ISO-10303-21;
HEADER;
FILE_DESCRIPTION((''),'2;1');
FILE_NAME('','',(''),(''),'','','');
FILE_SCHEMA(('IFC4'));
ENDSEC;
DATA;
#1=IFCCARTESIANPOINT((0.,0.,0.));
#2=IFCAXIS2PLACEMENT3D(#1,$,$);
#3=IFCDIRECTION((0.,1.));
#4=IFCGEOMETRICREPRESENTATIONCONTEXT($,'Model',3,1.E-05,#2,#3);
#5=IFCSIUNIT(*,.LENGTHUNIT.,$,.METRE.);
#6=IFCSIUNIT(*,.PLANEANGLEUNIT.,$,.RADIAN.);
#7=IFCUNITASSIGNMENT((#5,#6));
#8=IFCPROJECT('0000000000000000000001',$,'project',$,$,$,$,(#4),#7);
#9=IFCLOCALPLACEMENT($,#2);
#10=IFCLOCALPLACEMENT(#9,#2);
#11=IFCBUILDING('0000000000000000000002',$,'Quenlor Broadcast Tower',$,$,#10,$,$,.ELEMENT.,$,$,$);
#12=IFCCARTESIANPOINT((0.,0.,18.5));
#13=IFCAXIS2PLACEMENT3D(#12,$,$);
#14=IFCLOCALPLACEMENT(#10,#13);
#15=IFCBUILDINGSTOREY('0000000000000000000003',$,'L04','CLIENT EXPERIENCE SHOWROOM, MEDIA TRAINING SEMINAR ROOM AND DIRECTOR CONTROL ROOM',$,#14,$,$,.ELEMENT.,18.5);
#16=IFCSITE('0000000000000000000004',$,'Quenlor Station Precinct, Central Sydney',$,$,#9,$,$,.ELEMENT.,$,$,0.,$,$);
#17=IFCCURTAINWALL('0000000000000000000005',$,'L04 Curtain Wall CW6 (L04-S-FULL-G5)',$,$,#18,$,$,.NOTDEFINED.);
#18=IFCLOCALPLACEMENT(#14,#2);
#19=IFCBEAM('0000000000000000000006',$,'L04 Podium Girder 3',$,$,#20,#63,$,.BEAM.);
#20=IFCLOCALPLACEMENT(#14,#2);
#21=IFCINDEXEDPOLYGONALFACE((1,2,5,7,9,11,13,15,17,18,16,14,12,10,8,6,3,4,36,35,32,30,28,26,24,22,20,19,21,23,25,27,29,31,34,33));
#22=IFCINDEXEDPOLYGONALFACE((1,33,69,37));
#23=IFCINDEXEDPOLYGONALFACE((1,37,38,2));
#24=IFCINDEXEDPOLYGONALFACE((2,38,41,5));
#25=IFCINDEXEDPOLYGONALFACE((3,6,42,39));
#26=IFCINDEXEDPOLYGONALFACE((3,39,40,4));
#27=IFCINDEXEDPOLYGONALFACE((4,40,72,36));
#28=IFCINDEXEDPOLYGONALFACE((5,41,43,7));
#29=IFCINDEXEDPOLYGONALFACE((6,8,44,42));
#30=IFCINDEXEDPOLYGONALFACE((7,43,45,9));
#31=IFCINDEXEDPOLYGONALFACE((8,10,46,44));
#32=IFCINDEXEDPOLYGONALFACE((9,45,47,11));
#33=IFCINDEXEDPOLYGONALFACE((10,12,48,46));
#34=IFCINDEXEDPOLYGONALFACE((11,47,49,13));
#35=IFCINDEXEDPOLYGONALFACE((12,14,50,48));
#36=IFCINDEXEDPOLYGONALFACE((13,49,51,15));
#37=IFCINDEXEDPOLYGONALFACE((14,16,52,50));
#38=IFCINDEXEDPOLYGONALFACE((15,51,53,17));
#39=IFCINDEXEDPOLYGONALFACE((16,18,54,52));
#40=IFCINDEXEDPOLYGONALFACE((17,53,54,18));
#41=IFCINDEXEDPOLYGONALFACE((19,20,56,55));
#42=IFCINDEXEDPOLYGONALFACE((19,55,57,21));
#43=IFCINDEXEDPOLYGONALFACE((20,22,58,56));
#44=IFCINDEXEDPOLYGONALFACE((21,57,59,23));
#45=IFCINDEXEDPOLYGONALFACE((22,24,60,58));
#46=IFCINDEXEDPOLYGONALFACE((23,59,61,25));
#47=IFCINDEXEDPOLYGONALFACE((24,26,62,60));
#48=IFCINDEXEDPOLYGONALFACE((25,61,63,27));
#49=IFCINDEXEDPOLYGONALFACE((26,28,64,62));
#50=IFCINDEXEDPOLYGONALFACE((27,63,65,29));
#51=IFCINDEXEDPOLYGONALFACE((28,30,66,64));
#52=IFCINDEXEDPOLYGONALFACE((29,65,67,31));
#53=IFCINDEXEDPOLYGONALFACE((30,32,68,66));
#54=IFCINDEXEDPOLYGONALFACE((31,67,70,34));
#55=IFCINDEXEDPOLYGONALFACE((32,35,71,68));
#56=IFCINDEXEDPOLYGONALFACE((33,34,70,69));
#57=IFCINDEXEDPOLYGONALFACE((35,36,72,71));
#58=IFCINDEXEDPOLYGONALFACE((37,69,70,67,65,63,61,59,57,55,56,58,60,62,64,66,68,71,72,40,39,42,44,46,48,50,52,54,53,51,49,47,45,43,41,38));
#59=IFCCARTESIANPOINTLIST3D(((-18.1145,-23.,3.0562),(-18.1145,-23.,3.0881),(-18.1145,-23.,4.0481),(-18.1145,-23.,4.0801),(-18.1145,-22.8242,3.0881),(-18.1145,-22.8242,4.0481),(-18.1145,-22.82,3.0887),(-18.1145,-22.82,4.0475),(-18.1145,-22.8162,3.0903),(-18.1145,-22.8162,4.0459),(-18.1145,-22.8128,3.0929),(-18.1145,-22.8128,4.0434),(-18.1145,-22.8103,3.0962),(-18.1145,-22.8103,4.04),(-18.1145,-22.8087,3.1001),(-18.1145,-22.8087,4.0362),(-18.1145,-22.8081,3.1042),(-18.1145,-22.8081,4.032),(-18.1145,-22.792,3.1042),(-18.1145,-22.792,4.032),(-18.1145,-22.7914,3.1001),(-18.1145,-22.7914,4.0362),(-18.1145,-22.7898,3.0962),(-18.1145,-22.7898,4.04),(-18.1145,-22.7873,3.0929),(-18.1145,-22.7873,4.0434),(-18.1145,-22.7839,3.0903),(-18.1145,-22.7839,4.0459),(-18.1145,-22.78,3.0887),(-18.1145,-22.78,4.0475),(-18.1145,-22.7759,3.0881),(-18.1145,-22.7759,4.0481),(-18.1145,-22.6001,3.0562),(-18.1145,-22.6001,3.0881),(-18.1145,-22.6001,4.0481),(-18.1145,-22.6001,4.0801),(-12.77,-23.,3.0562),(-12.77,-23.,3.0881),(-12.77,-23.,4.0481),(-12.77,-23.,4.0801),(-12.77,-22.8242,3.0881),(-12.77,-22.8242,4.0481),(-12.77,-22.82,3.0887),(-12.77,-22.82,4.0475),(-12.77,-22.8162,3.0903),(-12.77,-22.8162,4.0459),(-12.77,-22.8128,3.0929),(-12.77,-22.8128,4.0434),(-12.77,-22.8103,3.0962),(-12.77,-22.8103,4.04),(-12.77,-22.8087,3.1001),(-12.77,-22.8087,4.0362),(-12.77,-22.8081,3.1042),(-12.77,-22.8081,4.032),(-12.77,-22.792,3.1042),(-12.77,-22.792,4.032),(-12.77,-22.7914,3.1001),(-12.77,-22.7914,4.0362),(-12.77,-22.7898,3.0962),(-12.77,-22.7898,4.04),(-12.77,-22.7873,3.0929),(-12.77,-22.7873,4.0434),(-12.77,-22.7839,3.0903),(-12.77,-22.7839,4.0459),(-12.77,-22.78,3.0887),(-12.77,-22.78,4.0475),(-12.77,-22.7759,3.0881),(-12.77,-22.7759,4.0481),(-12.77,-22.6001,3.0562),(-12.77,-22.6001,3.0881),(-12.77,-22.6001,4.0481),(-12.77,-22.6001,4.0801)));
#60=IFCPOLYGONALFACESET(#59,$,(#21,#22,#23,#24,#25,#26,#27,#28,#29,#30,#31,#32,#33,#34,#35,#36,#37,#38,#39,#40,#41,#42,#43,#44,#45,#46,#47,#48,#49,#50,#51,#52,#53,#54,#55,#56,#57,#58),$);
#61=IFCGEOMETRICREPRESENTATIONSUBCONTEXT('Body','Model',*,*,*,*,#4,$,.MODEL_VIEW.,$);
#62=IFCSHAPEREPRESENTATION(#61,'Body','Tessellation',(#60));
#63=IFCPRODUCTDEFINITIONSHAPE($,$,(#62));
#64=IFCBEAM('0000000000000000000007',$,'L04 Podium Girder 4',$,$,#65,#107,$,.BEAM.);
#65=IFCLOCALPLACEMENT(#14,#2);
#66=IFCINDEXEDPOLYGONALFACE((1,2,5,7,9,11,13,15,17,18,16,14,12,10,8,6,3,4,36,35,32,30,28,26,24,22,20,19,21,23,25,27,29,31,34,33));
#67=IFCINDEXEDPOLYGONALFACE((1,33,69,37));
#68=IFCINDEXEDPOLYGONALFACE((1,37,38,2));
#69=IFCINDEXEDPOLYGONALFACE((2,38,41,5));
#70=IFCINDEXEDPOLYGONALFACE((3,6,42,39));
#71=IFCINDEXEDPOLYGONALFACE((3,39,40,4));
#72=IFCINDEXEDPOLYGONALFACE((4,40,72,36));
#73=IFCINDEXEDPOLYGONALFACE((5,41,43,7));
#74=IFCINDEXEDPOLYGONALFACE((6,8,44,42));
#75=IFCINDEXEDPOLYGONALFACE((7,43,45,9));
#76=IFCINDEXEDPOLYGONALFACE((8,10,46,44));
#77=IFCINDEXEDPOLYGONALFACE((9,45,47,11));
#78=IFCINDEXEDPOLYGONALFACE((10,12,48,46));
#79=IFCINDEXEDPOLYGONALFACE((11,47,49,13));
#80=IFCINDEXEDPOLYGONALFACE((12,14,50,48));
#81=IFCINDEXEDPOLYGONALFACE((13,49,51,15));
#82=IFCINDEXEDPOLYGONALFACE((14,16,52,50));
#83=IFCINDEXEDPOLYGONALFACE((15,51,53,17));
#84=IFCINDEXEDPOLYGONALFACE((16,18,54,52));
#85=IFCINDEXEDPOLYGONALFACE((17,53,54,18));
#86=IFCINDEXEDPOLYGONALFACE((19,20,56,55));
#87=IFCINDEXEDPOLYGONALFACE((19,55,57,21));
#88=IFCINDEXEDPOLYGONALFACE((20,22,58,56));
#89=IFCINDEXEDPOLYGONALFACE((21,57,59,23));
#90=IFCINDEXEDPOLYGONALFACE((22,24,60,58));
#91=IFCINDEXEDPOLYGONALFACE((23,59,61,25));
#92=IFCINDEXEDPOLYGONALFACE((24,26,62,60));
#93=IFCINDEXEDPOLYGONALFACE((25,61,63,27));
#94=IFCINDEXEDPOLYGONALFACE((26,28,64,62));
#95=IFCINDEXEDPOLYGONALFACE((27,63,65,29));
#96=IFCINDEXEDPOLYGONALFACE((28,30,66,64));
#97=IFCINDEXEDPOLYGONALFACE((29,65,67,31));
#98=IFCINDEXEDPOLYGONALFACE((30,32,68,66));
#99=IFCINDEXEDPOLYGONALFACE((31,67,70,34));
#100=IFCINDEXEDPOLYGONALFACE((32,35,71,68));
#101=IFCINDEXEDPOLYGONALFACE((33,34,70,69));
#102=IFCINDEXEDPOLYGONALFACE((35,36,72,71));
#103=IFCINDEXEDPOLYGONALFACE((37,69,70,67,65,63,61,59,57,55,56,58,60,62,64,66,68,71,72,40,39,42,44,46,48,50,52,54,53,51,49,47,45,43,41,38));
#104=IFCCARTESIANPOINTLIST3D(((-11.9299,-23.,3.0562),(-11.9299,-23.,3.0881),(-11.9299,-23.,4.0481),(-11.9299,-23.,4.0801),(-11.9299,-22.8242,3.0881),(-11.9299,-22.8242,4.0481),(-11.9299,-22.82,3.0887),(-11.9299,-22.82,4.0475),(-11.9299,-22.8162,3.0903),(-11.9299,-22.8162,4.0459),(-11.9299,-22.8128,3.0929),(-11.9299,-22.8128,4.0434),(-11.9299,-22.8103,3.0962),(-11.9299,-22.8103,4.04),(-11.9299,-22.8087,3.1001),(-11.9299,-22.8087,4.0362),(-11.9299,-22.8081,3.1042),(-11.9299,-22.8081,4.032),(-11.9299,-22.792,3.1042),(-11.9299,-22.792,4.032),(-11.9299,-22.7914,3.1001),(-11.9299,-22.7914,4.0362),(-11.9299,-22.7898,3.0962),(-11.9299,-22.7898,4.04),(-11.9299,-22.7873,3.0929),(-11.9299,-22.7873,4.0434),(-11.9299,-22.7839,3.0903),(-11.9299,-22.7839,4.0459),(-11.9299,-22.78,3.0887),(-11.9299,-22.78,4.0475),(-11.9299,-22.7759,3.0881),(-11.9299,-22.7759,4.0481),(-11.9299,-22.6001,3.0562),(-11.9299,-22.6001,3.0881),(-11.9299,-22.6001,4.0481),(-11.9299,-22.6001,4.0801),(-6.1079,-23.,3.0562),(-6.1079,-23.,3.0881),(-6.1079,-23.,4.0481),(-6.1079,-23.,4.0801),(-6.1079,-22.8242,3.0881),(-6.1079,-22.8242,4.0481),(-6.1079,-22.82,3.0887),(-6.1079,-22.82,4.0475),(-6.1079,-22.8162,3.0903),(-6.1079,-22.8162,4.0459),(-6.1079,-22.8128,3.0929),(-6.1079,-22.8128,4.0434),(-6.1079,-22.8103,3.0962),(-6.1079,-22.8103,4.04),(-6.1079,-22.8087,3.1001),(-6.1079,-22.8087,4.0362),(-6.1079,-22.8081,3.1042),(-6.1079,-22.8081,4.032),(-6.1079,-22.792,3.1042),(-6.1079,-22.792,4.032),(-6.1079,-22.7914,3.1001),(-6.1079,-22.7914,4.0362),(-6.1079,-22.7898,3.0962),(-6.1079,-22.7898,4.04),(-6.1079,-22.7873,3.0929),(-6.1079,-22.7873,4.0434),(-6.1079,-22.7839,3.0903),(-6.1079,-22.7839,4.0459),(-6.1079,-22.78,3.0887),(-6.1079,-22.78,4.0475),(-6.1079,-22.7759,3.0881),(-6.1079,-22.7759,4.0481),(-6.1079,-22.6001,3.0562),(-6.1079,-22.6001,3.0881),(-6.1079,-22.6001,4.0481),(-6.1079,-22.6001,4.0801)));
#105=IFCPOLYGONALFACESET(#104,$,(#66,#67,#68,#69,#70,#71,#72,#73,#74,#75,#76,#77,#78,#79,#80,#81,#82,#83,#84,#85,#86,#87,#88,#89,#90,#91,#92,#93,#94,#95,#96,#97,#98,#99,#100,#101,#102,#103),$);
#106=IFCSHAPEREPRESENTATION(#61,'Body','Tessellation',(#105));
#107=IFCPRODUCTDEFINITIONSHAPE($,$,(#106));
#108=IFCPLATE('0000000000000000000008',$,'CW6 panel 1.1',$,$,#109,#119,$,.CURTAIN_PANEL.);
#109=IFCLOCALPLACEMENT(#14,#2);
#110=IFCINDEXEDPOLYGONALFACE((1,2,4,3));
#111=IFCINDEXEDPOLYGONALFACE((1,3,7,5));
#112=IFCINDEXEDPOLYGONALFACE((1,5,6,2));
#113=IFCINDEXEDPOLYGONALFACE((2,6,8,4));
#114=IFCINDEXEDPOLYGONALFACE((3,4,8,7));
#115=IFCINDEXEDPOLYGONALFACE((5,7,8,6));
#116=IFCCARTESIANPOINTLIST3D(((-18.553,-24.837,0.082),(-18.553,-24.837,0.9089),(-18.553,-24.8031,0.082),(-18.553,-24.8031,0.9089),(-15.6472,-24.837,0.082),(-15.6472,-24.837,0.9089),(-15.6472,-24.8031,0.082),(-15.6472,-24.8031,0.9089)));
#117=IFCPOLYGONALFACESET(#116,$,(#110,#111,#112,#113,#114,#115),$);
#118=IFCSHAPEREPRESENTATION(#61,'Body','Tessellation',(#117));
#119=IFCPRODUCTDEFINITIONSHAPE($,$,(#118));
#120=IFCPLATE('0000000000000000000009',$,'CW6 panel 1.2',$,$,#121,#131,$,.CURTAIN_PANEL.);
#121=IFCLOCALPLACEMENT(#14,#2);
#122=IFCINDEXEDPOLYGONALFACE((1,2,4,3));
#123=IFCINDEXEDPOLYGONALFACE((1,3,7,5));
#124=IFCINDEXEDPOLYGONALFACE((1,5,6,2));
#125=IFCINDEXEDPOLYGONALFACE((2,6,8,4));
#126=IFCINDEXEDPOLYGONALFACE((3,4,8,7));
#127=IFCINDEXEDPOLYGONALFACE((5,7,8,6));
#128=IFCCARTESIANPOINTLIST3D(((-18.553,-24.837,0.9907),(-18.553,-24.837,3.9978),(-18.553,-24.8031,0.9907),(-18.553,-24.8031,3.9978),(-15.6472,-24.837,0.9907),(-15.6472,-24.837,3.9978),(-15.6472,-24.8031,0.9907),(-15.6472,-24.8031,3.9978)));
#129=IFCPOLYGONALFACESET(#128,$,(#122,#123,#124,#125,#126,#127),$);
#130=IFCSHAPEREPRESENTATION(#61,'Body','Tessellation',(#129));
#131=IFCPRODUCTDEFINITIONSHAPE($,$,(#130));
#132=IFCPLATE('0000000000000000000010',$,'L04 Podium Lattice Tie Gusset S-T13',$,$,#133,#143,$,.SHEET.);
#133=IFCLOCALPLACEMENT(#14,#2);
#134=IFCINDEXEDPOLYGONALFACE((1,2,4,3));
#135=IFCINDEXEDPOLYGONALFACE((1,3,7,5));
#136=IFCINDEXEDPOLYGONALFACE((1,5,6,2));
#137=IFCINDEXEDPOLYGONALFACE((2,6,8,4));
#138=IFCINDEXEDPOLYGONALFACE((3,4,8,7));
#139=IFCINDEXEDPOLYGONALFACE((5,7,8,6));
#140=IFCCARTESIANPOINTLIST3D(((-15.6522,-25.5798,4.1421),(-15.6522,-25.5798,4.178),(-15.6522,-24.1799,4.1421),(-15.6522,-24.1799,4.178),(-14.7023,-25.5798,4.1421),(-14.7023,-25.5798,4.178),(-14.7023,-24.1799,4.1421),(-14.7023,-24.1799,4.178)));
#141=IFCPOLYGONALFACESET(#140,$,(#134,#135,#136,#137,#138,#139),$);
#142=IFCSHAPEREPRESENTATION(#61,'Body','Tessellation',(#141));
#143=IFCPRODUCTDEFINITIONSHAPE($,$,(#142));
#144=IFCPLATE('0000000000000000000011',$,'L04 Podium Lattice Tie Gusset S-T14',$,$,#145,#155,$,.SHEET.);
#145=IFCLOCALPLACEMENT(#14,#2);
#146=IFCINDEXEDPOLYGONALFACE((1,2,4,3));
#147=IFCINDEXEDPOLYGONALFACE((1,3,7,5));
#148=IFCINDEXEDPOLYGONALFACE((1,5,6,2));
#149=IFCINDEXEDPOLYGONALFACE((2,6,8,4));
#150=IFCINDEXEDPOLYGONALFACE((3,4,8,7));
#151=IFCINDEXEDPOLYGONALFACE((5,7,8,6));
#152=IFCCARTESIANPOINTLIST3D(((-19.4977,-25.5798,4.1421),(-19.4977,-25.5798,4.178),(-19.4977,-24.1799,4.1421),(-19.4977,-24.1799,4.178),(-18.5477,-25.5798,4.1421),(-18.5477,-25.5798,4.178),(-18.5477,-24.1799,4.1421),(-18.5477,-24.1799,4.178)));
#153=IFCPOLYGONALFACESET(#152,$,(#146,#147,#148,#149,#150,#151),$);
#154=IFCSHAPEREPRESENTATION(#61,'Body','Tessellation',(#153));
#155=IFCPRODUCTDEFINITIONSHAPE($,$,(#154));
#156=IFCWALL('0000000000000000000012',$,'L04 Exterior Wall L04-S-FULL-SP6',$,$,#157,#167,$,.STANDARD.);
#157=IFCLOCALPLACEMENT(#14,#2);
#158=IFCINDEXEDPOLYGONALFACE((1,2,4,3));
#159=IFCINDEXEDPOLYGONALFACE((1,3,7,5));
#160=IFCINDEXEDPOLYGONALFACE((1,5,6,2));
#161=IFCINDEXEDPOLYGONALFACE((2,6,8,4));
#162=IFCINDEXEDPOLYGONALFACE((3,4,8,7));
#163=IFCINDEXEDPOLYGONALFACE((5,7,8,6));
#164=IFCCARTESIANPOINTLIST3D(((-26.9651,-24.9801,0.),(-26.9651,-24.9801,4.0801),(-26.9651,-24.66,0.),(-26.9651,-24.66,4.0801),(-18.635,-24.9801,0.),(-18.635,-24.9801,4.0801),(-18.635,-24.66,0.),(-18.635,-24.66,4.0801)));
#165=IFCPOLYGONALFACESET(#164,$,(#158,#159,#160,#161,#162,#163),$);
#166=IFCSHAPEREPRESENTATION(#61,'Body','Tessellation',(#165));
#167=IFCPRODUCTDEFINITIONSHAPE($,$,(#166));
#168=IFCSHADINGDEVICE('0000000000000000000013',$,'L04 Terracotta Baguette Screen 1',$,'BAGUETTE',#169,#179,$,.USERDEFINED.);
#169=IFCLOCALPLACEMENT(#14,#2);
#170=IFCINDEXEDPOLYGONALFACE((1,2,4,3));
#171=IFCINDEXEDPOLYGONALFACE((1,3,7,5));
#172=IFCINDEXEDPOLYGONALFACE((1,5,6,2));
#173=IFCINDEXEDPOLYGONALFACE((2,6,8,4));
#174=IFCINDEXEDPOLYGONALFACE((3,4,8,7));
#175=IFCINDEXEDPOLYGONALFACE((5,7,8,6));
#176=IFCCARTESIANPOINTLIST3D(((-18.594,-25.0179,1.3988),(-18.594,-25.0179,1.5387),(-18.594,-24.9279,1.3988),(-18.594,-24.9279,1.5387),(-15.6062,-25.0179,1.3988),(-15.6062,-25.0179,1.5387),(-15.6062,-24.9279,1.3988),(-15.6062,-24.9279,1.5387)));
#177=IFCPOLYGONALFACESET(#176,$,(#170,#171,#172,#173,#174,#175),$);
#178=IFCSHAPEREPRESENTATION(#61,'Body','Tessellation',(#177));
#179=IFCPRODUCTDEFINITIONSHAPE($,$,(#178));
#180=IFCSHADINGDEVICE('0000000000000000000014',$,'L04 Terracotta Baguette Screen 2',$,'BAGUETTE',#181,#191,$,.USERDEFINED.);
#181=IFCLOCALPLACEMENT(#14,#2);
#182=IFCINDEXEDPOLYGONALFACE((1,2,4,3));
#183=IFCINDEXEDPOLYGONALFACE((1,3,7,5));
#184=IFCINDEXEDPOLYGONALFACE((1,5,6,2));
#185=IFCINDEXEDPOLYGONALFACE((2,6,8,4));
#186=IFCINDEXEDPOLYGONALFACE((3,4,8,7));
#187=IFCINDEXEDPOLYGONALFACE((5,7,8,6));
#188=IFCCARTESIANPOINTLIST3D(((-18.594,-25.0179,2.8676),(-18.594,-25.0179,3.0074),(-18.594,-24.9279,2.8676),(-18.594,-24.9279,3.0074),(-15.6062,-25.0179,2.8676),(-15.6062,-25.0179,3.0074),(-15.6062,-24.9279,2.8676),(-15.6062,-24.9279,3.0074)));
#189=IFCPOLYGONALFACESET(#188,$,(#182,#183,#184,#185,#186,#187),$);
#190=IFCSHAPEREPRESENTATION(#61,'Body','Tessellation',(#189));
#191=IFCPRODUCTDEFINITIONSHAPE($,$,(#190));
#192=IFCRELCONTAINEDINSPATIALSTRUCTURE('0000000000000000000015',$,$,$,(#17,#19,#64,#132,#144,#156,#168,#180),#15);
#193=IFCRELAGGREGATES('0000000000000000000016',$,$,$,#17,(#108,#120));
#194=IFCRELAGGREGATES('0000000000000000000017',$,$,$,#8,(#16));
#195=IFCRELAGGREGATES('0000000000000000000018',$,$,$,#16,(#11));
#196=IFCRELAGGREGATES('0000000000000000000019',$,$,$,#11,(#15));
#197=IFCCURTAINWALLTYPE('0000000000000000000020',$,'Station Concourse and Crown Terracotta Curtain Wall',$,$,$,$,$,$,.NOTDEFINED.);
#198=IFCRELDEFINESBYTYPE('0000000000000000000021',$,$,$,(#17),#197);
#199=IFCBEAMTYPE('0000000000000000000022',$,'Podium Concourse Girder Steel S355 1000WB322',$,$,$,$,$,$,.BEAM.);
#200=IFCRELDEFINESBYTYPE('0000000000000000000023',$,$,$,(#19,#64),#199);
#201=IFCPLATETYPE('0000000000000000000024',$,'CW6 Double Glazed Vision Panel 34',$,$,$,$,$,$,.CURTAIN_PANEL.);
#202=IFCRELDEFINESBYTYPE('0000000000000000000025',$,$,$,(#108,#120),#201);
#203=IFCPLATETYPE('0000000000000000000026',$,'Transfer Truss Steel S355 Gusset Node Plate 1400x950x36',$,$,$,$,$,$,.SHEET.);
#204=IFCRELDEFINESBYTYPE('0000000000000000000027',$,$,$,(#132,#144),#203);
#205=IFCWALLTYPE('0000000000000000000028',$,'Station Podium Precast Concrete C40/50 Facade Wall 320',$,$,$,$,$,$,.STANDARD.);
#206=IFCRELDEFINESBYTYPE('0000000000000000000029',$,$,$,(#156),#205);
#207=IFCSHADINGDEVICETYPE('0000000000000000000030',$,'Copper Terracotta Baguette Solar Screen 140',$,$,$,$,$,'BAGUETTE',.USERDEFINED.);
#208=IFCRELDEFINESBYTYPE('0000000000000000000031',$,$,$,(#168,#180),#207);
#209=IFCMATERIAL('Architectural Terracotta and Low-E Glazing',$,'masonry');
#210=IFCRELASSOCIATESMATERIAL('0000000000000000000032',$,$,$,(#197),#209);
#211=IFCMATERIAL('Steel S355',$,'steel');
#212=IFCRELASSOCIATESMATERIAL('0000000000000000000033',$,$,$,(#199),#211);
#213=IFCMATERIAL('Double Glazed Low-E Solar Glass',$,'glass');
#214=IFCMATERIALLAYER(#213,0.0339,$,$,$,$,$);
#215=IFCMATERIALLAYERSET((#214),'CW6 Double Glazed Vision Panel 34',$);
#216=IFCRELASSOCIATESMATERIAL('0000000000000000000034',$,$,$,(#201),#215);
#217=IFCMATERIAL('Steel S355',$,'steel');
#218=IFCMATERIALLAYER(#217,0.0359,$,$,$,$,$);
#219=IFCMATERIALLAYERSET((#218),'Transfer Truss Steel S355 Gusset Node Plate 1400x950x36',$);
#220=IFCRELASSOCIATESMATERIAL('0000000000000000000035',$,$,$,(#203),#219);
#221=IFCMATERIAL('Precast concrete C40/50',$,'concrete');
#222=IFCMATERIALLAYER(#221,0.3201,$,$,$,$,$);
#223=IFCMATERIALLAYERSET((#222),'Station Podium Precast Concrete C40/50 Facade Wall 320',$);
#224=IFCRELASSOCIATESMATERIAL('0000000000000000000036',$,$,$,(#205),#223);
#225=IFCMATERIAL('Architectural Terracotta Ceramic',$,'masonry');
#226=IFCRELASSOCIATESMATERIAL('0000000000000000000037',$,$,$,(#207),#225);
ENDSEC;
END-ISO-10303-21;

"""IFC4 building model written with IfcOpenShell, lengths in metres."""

from ifc_helpers import new_model, si_unit, direction, frame, frame_2d, origin, origin_2d, place, context, subcontext, project, spatial, rectangle, i_section, extrude, material, layer, layer_set, material_profile, profile_set, type_object, element, aggregate, save


model = new_model("IFC4")

# Units and contexts
model_context = context("Model", 3, precision=1e-05, world=origin(), true_north=direction((0.0, 1.0)))
body_context = subcontext(model_context, "Body", "Model", "MODEL_VIEW")
ifc_project = project(units=[si_unit("LENGTHUNIT", "METRE"), si_unit("PLANEANGLEUNIT", "RADIAN")], contexts=[model_context])

# Site, building, storey
site_placement = place(None, origin())
site = spatial("IfcSite", under=ifc_project, at=site_placement, Name="Quenlor Station Precinct, Central Sydney", CompositionType="ELEMENT", RefElevation=0.0)
building_placement = place(site_placement, origin())
building = spatial("IfcBuilding", under=site, at=building_placement, Name="Quenlor Broadcast Tower", CompositionType="ELEMENT")
storey_placement = place(building_placement, frame((0.0, 0.0, 18.5)))
storey = spatial("IfcBuildingStorey", under=building, at=storey_placement, Name="L04", Description="CLIENT EXPERIENCE SHOWROOM, MEDIA TRAINING SEMINAR ROOM AND DIRECTOR CONTROL ROOM", CompositionType="ELEMENT", Elevation=18.5)

# Curtain wall
ifc_material_1 = material(Name="Architectural Terracotta and Low-E Glazing", Category="masonry")
curtain_wall_type = type_object("IfcCurtainWallType", Name="Station Concourse and Crown Terracotta Curtain Wall", PredefinedType="NOTDEFINED", material=ifc_material_1)
curtain_wall_placement = place(storey_placement, origin())
curtain_wall = element("IfcCurtainWall", 1, at=curtain_wall_placement, inside=storey, type_object=curtain_wall_type, Name="L04 Curtain Wall CW6 (L04-S-FULL-G5)", PredefinedType="NOTDEFINED")

# Beams
ifc_material_2 = material(Name="Steel S355", Category="steel")
ifc_material_profile_1 = material_profile(ifc_material_2, i_section(OverallWidth=0.3999, OverallDepth=1.0239, WebThickness=0.0161, FlangeThickness=0.032, FilletRadius=0.0161, at=origin_2d()))
ifc_profile_set_1 = profile_set([ifc_material_profile_1], Name="Steel S355 1000WB322")
beam_type = type_object("IfcBeamType", Name="Podium Concourse Girder Steel S355 1000WB322", PredefinedType="BEAM", material=ifc_profile_set_1)
beam_1_placement = place(storey_placement, frame((-18.1145, -22.8, 3.5681), z_axis=(1.0, 0.0, 0.0), x_axis=(0.0, 1.0, 0.0)))
element("IfcBeam", 2, at=beam_1_placement, inside=storey, type_object=beam_type, Name="L04 Podium Girder 3", PredefinedType="BEAM", context=body_context, shape_type="SweptSolid", body=[
    extrude(i_section(OverallWidth=0.3999, OverallDepth=1.0239, WebThickness=0.0161, FlangeThickness=0.032, FilletRadius=0.0161, at=origin_2d()), origin(), (0.0, 0.0, 1.0), 5.3445),
])
beam_2_placement = place(storey_placement, frame((-11.9299, -22.8, 3.5681), z_axis=(1.0, 0.0, 0.0), x_axis=(0.0, 1.0, 0.0)))
element("IfcBeam", 3, at=beam_2_placement, inside=storey, type_object=beam_type, Name="L04 Podium Girder 4", PredefinedType="BEAM", context=body_context, shape_type="SweptSolid", body=[
    extrude(i_section(OverallWidth=0.3999, OverallDepth=1.0239, WebThickness=0.0161, FlangeThickness=0.032, FilletRadius=0.0161, at=origin_2d()), origin(), (0.0, 0.0, 1.0), 5.822),
])

# Plates
ifc_material_3 = material(Name="Double Glazed Low-E Solar Glass", Category="glass")
ifc_layer_1 = layer(ifc_material_3, 0.0339)
ifc_layer_set_1 = layer_set([ifc_layer_1], Name="CW6 Double Glazed Vision Panel 34")
plate_type_1 = type_object("IfcPlateType", Name="CW6 Double Glazed Vision Panel 34", PredefinedType="CURTAIN_PANEL", material=ifc_layer_set_1)
plate_1_placement = place(storey_placement, frame((-17.1001, -24.8201, 0.082), z_axis=(0.0, 0.0, 1.0), x_axis=(-1.0, 0.0, 0.0)))
plate_1 = element("IfcPlate", 4, at=plate_1_placement, type_object=plate_type_1, Name="CW6 panel 1.1", PredefinedType="CURTAIN_PANEL", context=body_context, shape_type="SweptSolid", body=[
    extrude(rectangle(XDim=2.9058, YDim=0.0339, at=origin_2d()), origin(), (0.0, 0.0, 1.0), 0.8269),
])
plate_2_placement = place(storey_placement, frame((-17.1001, -24.8201, 0.9907), z_axis=(0.0, 0.0, 1.0), x_axis=(-1.0, 0.0, 0.0)))
plate_2 = element("IfcPlate", 5, at=plate_2_placement, type_object=plate_type_1, Name="CW6 panel 1.2", PredefinedType="CURTAIN_PANEL", context=body_context, shape_type="SweptSolid", body=[
    extrude(rectangle(XDim=2.9058, YDim=0.0339, at=origin_2d()), origin(), (0.0, 0.0, 1.0), 3.0071),
])
aggregate(curtain_wall, [plate_1, plate_2])

# Plates
ifc_material_4 = material(Name="Steel S355", Category="steel")
ifc_layer_2 = layer(ifc_material_4, 0.0359)
ifc_layer_set_2 = layer_set([ifc_layer_2], Name="Transfer Truss Steel S355 Gusset Node Plate 1400x950x36")
plate_type_2 = type_object("IfcPlateType", Name="Transfer Truss Steel S355 Gusset Node Plate 1400x950x36", PredefinedType="SHEET", material=ifc_layer_set_2)
for number, where, z_axis, x_axis, name in (
    (6, (-15.1772, -24.8799, 4.1421), (0.0, 0.0, 1.0), (0.0, -1.0, 0.0), "L04 Podium Lattice Tie Gusset S-T13"),
    (7, (-19.0227, -24.8799, 4.1421), (0.0, 0.0, 1.0), (0.0, -1.0, 0.0), "L04 Podium Lattice Tie Gusset S-T14"),
):
    element("IfcPlate", number, at=place(storey_placement, frame(where, z_axis=z_axis, x_axis=x_axis)), inside=storey, type_object=plate_type_2, Name=name, PredefinedType="SHEET", context=body_context, shape_type="SweptSolid", body=[
        extrude(rectangle(XDim=1.3999, YDim=0.95, at=origin_2d()), origin(), (0.0, 0.0, 1.0), 0.0359),
    ])

# Wall
ifc_material_5 = material(Name="Precast concrete C40/50", Category="concrete")
ifc_layer_3 = layer(ifc_material_5, 0.3201)
ifc_layer_set_3 = layer_set([ifc_layer_3], Name="Station Podium Precast Concrete C40/50 Facade Wall 320")
wall_type = type_object("IfcWallType", Name="Station Podium Precast Concrete C40/50 Facade Wall 320", PredefinedType="STANDARD", material=ifc_layer_set_3)
wall_placement = place(storey_placement, frame((-18.635, -24.8201, 0.0), z_axis=(0.0, 0.0, 1.0), x_axis=(-1.0, 0.0, 0.0)))
element("IfcWall", 8, at=wall_placement, inside=storey, type_object=wall_type, Name="L04 Exterior Wall L04-S-FULL-SP6", PredefinedType="STANDARD", context=body_context, shape_type="SweptSolid", body=[
    extrude(rectangle(XDim=8.3301, YDim=0.3201, at=frame_2d((4.165, 0.0))), origin(), (0.0, 0.0, 1.0), 4.0801),
])

# Shading devices
ifc_material_6 = material(Name="Architectural Terracotta Ceramic", Category="masonry")
ifc_material_profile_2 = material_profile(ifc_material_6, rectangle(XDim=0.0901, YDim=0.1399, at=origin_2d()))
ifc_profile_set_2 = profile_set([ifc_material_profile_2], Name="Architectural Terracotta Ceramic BAG90x140")
shading_device_type = type_object("IfcShadingDeviceType", Name="Copper Terracotta Baguette Solar Screen 140", ElementType="BAGUETTE", PredefinedType="USERDEFINED", material=ifc_profile_set_2)
for number, where, z_axis, x_axis, name in (
    (9, (-15.6062, -24.9729, 1.4688), (-1.0, 0.0, 0.0), (0.0, -1.0, 0.0), "L04 Terracotta Baguette Screen 1"),
    (10, (-15.6062, -24.9729, 2.9375), (-1.0, 0.0, 0.0), (0.0, -1.0, 0.0), "L04 Terracotta Baguette Screen 2"),
):
    element("IfcShadingDevice", number, at=place(storey_placement, frame(where, z_axis=z_axis, x_axis=x_axis)), inside=storey, type_object=shading_device_type, Name=name, ObjectType="BAGUETTE", PredefinedType="USERDEFINED", context=body_context, shape_type="SweptSolid", body=[
        extrude(rectangle(XDim=0.0901, YDim=0.1399, at=origin_2d()), origin(), (0.0, 0.0, 1.0), 2.9878),
    ])

save(model, "model.ifc")
